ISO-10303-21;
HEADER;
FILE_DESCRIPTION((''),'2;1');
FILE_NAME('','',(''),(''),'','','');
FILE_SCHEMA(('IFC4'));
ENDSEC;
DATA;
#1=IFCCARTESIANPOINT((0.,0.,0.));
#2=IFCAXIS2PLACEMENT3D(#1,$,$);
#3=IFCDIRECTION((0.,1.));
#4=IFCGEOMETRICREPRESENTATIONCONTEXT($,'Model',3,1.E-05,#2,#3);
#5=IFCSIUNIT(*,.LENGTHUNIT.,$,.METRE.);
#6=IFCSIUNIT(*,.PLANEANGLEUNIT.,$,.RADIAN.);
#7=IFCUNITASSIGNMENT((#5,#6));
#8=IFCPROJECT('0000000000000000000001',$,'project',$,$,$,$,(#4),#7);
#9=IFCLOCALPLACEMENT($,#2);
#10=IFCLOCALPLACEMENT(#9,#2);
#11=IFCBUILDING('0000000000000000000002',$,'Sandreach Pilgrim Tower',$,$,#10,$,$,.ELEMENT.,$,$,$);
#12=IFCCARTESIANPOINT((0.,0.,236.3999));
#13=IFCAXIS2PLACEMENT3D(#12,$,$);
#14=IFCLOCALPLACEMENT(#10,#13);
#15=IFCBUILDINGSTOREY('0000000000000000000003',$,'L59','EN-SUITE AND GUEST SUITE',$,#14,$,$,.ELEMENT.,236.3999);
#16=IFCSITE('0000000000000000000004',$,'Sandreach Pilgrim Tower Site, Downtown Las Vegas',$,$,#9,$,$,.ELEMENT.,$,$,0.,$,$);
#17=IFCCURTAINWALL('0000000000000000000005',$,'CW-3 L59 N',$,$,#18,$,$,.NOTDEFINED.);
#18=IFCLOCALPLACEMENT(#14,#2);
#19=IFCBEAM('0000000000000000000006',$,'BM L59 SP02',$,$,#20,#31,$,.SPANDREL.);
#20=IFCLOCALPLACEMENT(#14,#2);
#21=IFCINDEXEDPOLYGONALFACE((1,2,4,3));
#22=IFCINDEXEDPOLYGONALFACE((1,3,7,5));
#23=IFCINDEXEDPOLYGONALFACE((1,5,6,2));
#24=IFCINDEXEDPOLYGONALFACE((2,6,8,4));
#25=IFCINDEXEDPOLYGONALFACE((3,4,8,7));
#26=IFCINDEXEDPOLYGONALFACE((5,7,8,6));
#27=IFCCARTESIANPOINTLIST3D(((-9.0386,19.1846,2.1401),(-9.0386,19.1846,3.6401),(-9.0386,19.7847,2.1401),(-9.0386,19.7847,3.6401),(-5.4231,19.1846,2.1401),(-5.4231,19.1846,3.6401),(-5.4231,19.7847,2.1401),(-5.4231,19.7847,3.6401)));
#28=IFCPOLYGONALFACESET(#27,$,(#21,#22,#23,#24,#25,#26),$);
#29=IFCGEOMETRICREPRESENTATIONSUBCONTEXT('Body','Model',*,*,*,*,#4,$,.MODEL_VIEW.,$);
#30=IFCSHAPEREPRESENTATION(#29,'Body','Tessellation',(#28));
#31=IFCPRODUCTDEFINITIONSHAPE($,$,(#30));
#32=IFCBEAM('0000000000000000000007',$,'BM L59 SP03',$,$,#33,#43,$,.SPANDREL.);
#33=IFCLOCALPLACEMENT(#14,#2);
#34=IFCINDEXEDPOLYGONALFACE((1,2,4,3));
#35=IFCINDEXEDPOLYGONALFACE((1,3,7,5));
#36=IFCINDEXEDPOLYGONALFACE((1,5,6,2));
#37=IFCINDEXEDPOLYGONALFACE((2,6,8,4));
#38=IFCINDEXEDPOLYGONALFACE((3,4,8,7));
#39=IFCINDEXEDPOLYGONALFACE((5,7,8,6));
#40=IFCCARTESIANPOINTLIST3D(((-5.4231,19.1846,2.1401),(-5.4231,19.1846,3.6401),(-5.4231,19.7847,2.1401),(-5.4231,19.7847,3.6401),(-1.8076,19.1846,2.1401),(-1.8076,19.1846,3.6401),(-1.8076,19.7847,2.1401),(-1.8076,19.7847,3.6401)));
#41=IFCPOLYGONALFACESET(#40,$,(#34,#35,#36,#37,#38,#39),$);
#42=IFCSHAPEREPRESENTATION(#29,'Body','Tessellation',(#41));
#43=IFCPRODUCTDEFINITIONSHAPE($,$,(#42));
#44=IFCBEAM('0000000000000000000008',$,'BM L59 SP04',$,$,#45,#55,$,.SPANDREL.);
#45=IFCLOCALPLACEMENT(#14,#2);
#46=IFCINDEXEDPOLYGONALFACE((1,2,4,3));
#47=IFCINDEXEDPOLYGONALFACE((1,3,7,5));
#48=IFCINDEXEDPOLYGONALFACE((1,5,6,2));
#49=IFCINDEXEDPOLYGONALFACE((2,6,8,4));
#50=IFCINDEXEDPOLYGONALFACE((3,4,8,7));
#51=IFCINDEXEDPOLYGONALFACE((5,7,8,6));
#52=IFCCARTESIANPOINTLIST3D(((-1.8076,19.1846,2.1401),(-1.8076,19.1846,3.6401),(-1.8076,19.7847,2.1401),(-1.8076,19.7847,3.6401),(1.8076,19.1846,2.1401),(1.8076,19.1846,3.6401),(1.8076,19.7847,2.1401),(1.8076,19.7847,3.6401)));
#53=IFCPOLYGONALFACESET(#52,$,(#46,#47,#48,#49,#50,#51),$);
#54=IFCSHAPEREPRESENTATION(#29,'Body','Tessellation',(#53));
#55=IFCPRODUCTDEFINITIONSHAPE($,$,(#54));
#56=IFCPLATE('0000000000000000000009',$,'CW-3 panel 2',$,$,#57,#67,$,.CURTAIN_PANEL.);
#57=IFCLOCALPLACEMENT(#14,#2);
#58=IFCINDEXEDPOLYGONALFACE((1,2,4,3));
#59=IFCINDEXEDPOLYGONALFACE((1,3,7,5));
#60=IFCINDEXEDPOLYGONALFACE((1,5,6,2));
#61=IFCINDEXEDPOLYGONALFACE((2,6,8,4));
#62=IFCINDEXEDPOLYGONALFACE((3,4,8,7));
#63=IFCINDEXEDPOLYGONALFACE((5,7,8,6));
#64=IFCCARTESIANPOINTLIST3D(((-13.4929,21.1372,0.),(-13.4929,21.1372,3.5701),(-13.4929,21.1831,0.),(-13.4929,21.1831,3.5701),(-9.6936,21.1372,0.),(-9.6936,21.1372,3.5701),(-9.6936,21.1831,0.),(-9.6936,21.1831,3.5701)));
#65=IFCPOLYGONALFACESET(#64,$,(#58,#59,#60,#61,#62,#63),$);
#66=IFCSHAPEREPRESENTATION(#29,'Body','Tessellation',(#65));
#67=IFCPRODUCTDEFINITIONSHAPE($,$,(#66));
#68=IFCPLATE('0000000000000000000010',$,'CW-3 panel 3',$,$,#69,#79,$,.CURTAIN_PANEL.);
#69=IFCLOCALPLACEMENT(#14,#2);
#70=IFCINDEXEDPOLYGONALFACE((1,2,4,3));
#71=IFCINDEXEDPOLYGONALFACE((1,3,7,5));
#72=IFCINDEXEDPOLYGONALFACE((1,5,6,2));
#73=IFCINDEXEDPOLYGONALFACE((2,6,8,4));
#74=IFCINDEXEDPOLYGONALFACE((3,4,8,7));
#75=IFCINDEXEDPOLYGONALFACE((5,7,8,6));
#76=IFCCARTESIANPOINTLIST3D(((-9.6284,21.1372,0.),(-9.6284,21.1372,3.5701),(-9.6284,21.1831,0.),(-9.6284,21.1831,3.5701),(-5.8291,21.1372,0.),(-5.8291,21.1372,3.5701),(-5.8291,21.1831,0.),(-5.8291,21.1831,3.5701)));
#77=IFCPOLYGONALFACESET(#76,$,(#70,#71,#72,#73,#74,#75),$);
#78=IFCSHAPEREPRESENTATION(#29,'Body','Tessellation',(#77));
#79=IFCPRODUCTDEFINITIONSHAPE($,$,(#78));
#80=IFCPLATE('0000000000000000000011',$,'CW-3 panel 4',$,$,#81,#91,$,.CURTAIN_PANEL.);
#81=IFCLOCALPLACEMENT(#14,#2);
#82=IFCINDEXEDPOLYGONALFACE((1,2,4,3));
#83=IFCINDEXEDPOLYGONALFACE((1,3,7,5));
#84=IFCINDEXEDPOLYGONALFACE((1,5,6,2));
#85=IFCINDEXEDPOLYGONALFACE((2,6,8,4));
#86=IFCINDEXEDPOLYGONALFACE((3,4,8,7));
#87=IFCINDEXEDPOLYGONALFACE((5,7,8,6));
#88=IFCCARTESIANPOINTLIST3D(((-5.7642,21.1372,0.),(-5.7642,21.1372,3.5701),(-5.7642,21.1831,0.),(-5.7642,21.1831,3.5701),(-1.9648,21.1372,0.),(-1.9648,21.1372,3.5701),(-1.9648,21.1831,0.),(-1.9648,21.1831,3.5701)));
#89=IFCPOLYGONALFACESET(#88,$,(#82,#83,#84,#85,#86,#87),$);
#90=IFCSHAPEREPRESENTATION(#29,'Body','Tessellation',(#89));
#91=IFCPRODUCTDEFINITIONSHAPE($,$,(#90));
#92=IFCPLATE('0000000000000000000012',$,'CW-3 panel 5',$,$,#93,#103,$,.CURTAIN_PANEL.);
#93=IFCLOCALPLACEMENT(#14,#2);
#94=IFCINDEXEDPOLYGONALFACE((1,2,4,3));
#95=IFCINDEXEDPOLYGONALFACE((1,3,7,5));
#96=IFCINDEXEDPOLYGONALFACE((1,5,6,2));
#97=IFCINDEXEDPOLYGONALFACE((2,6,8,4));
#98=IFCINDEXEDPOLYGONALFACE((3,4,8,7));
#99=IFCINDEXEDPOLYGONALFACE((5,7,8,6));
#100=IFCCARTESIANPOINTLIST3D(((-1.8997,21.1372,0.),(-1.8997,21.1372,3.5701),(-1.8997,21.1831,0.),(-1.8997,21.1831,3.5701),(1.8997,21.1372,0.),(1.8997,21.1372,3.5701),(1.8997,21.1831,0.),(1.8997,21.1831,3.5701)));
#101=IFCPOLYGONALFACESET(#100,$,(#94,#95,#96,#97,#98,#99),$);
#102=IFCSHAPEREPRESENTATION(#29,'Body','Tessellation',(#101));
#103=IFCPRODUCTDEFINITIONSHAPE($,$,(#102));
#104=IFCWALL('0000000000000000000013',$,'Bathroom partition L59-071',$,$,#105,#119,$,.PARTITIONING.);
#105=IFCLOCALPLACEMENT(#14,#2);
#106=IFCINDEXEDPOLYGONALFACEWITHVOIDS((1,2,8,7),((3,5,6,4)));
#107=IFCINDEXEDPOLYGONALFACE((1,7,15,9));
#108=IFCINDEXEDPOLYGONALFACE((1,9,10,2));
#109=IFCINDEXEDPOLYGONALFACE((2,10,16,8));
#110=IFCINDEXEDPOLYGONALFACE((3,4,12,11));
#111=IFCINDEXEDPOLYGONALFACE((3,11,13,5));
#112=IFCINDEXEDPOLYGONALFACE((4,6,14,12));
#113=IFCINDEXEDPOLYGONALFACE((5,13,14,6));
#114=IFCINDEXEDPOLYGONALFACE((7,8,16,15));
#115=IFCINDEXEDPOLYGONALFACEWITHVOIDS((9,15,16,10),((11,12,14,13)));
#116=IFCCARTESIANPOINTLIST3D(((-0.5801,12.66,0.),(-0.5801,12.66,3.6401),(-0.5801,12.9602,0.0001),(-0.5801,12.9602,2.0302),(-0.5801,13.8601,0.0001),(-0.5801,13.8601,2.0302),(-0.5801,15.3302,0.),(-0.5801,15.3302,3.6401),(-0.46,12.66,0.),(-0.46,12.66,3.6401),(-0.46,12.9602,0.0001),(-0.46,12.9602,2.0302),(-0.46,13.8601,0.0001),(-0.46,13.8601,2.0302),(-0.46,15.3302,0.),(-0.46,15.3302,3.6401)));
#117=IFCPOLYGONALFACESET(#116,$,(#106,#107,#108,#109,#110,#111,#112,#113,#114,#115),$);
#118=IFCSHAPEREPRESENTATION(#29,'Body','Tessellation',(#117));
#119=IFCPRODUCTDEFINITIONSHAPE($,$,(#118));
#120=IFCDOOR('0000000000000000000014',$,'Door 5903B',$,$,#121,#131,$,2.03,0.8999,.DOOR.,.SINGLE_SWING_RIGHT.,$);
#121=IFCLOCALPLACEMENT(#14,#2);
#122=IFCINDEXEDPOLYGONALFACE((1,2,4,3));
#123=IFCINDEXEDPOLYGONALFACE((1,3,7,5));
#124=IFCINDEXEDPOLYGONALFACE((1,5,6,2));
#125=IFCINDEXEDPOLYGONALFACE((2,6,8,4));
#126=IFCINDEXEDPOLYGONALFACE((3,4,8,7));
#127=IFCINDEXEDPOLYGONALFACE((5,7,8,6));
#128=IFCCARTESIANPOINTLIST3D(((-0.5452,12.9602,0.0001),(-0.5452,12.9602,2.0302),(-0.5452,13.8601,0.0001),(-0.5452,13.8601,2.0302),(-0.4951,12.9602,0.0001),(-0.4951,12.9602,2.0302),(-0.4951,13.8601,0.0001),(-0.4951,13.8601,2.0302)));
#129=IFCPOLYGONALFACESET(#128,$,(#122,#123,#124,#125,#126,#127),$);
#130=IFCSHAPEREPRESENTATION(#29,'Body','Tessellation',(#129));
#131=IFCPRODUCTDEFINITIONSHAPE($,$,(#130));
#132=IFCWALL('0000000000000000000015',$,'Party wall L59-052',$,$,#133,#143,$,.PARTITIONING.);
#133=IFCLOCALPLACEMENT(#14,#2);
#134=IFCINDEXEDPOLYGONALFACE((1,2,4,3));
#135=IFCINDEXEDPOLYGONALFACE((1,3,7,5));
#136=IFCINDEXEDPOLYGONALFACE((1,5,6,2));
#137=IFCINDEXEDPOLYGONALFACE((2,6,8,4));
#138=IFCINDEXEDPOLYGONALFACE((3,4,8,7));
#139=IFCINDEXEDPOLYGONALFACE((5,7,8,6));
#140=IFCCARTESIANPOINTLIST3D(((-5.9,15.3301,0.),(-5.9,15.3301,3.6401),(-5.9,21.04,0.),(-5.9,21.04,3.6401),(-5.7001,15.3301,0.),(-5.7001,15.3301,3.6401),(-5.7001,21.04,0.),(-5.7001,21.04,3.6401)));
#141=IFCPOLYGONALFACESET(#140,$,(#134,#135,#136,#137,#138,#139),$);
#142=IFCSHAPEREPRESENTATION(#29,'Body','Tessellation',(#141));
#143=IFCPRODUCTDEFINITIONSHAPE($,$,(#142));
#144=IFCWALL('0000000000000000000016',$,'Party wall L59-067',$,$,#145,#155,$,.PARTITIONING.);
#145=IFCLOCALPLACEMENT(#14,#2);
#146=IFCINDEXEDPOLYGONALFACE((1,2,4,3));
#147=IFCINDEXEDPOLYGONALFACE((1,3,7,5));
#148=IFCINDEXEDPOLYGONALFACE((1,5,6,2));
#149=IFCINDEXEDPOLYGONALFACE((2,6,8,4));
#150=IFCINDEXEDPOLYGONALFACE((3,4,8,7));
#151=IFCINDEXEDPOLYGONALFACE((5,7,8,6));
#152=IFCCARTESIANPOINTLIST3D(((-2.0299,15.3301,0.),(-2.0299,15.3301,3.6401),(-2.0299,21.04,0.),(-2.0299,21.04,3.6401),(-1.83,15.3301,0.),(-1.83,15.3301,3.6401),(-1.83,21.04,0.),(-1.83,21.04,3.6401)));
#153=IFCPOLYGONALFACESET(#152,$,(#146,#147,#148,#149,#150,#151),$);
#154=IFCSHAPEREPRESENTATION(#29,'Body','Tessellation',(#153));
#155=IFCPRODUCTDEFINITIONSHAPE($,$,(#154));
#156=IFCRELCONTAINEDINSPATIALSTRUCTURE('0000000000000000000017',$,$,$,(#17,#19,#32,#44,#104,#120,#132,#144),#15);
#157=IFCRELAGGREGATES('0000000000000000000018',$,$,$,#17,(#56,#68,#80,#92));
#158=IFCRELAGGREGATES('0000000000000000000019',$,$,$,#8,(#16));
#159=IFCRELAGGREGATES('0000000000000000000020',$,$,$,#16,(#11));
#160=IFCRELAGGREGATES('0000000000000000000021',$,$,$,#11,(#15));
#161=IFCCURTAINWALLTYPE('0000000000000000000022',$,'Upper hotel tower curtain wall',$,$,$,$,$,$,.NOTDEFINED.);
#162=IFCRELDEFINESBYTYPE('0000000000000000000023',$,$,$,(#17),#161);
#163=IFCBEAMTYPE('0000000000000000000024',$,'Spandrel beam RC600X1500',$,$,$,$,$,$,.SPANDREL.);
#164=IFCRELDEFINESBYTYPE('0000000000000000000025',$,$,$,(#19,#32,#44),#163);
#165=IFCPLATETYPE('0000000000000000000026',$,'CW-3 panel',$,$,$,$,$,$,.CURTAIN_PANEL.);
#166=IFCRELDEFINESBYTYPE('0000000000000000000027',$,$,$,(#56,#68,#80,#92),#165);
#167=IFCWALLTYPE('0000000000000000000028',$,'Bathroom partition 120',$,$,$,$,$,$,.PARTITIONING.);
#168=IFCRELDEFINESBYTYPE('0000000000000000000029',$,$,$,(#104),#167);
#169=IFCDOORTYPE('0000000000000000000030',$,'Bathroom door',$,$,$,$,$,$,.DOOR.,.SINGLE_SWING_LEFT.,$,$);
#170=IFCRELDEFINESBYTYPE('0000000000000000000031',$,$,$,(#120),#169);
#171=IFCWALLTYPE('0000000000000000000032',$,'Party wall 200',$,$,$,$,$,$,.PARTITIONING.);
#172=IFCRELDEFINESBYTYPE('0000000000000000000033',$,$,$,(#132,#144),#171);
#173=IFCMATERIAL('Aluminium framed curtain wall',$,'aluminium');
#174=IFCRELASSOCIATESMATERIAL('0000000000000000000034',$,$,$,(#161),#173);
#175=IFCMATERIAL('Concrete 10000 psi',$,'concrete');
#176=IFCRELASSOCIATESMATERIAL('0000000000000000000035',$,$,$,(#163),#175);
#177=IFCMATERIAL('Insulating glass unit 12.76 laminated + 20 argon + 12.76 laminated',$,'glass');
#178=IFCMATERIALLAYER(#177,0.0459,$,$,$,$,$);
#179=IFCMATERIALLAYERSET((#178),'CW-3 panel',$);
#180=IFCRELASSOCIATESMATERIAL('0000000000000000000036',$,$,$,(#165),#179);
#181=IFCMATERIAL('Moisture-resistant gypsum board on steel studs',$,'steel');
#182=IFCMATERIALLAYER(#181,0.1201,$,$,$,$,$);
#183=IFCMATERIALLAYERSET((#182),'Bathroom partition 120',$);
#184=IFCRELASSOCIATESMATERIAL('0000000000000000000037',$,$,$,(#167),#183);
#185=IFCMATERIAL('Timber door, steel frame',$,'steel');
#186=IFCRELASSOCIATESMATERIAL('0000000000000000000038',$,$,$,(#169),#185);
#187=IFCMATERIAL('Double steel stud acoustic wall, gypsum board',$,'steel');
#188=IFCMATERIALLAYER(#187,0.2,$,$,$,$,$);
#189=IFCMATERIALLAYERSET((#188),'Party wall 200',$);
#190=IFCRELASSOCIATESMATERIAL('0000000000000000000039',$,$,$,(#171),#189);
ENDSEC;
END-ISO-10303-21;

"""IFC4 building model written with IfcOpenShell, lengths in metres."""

from ifc_helpers import new_model, si_unit, direction, frame, frame_2d, origin, origin_2d, place, context, subcontext, project, spatial, rectangle, extrude, material, layer, layer_set, material_profile, profile_set, type_object, element, fill, aggregate, save


model = new_model("IFC4")

# Units and contexts
model_context = context("Model", 3, precision=1e-05, world=origin(), true_north=direction((0.0, 1.0)))
body_context = subcontext(model_context, "Body", "Model", "MODEL_VIEW")
ifc_project = project(units=[si_unit("LENGTHUNIT", "METRE"), si_unit("PLANEANGLEUNIT", "RADIAN")], contexts=[model_context])

# Site, building, storey
site_placement = place(None, origin())
site = spatial("IfcSite", under=ifc_project, at=site_placement, Name="Sandreach Pilgrim Tower Site, Downtown Las Vegas", CompositionType="ELEMENT", RefElevation=0.0)
building_placement = place(site_placement, origin())
building = spatial("IfcBuilding", under=site, at=building_placement, Name="Sandreach Pilgrim Tower", CompositionType="ELEMENT")
storey_placement = place(building_placement, frame((0.0, 0.0, 236.3999)))
storey = spatial("IfcBuildingStorey", under=building, at=storey_placement, Name="L59", Description="EN-SUITE AND GUEST SUITE", CompositionType="ELEMENT", Elevation=236.3999)

# Curtain wall
ifc_material_1 = material(Name="Aluminium framed curtain wall", Category="aluminium")
curtain_wall_type = type_object("IfcCurtainWallType", Name="Upper hotel tower curtain wall", PredefinedType="NOTDEFINED", material=ifc_material_1)
curtain_wall_placement = place(storey_placement, origin())
curtain_wall = element("IfcCurtainWall", 1, at=curtain_wall_placement, inside=storey, type_object=curtain_wall_type, Name="CW-3 L59 N", PredefinedType="NOTDEFINED")

# Beams
ifc_material_2 = material(Name="Concrete 10000 psi", Category="concrete")
ifc_material_profile_1 = material_profile(ifc_material_2, rectangle(XDim=0.6001, YDim=1.5, at=origin_2d()), Name="RC600X1500")
ifc_profile_set_1 = profile_set([ifc_material_profile_1], Name="Concrete 10000 psi")
beam_type_1 = type_object("IfcBeamType", Name="Spandrel beam RC600X1500", PredefinedType="SPANDREL", material=ifc_profile_set_1)
for number, where, z_axis, x_axis, name in (
    (2, (-9.0386, 19.4846, 2.8901), (1.0, 0.0, 0.0), (0.0, 1.0, 0.0), "BM L59 SP02"),
    (3, (-5.4231, 19.4846, 2.8901), (1.0, 0.0, 0.0), (0.0, 1.0, 0.0), "BM L59 SP03"),
):
    element("IfcBeam", number, at=place(storey_placement, frame(where, z_axis=z_axis, x_axis=x_axis)), inside=storey, type_object=beam_type_1, Name=name, PredefinedType="SPANDREL", context=body_context, shape_type="SweptSolid", body=[
        extrude(rectangle(XDim=0.6001, YDim=1.5, at=origin_2d()), origin(), (0.0, 0.0, 1.0), 3.6155),
    ])
beam_1_placement = place(storey_placement, frame((-1.8076, 19.4846, 2.8901), z_axis=(1.0, 0.0, 0.0), x_axis=(0.0, 1.0, 0.0)))
element("IfcBeam", 4, at=beam_1_placement, inside=storey, type_object=beam_type_1, Name="BM L59 SP04", PredefinedType="SPANDREL", context=body_context, shape_type="SweptSolid", body=[
    extrude(rectangle(XDim=0.6001, YDim=1.5, at=origin_2d()), origin(), (0.0, 0.0, 1.0), 3.6152),
])

# Plates
ifc_material_3 = material(Name="Insulating glass unit 12.76 laminated + 20 argon + 12.76 laminated", Category="glass")
ifc_layer_1 = layer(ifc_material_3, 0.0459)
ifc_layer_set_1 = layer_set([ifc_layer_1], Name="CW-3 panel")
plate_type = type_object("IfcPlateType", Name="CW-3 panel", PredefinedType="CURTAIN_PANEL", material=ifc_layer_set_1)
plate_1_placement = place(storey_placement, frame((-11.5933, 21.1602, 0.0), z_axis=(0.0, 0.0, 1.0), x_axis=(1.0, 0.0, 0.0)))
plate_1 = element("IfcPlate", 5, at=plate_1_placement, type_object=plate_type, Name="CW-3 panel 2", PredefinedType="CURTAIN_PANEL", context=body_context, shape_type="SweptSolid", body=[
    extrude(rectangle(XDim=3.7993, YDim=0.0459, at=origin_2d()), origin(), (0.0, 0.0, 1.0), 3.5701),
])
plate_2_placement = place(storey_placement, frame((-7.7288, 21.1602, 0.0), z_axis=(0.0, 0.0, 1.0), x_axis=(1.0, 0.0, 0.0)))
plate_2 = element("IfcPlate", 6, at=plate_2_placement, type_object=plate_type, Name="CW-3 panel 3", PredefinedType="CURTAIN_PANEL", context=body_context, shape_type="SweptSolid", body=[
    extrude(rectangle(XDim=3.7993, YDim=0.0459, at=origin_2d()), origin(), (0.0, 0.0, 1.0), 3.5701),
])
plate_3_placement = place(storey_placement, frame((-3.8645, 21.1602, 0.0), z_axis=(0.0, 0.0, 1.0), x_axis=(1.0, 0.0, 0.0)))
plate_3 = element("IfcPlate", 7, at=plate_3_placement, type_object=plate_type, Name="CW-3 panel 4", PredefinedType="CURTAIN_PANEL", context=body_context, shape_type="SweptSolid", body=[
    extrude(rectangle(XDim=3.7993, YDim=0.0459, at=origin_2d()), origin(), (0.0, 0.0, 1.0), 3.5701),
])
plate_4_placement = place(storey_placement, frame((0.0, 21.1602, 0.0), z_axis=(0.0, 0.0, 1.0), x_axis=(1.0, 0.0, 0.0)))
plate_4 = element("IfcPlate", 8, at=plate_4_placement, type_object=plate_type, Name="CW-3 panel 5", PredefinedType="CURTAIN_PANEL", context=body_context, shape_type="SweptSolid", body=[
    extrude(rectangle(XDim=3.7993, YDim=0.0459, at=origin_2d()), origin(), (0.0, 0.0, 1.0), 3.5701),
])
aggregate(curtain_wall, [plate_1, plate_2, plate_3, plate_4])

# Wall, opening, door
ifc_material_4 = material(Name="Moisture-resistant gypsum board on steel studs", Category="steel")
ifc_layer_2 = layer(ifc_material_4, 0.1201)
ifc_layer_set_2 = layer_set([ifc_layer_2], Name="Bathroom partition 120")
wall_type_1 = type_object("IfcWallType", Name="Bathroom partition 120", PredefinedType="PARTITIONING", material=ifc_layer_set_2)
wall_placement = place(storey_placement, frame((-0.52, 15.3301, 0.0), z_axis=(0.0, 0.0, 1.0), x_axis=(0.0, -1.0, 0.0)))
wall = element("IfcWall", 9, at=wall_placement, inside=storey, type_object=wall_type_1, Name="Bathroom partition L59-071", PredefinedType="PARTITIONING", context=body_context, shape_type="SweptSolid", body=[
    extrude(rectangle(XDim=2.6702, YDim=0.1201, at=frame_2d((1.335, 0.0))), origin(), (0.0, 0.0, 1.0), 3.6401),
])
opening_placement = place(wall_placement, frame((1.47, 0.0, 0.0)))
opening = element("IfcOpeningElement", 10, at=opening_placement, cuts=wall, PredefinedType="OPENING", context=body_context, shape_type="SweptSolid", body=[
    extrude(rectangle(XDim=0.8999, YDim=2.03, at=frame_2d((0.45, 1.0151))), frame((0.0, 0.0601, 0.0), z_axis=(0.0, -1.0, 0.0), x_axis=(1.0, 0.0, 0.0)), (0.0, 0.0, 1.0), 0.1201),
])
ifc_material_5 = material(Name="Timber door, steel frame", Category="steel")
door_type = type_object("IfcDoorType", Name="Bathroom door", OperationType="SINGLE_SWING_LEFT", PredefinedType="DOOR", material=ifc_material_5)
door_placement = place(opening_placement, origin())
door = element("IfcDoor", 11, at=door_placement, inside=storey, type_object=door_type, Name="Door 5903B", OperationType="SINGLE_SWING_RIGHT", OverallHeight=2.03, OverallWidth=0.8999, PredefinedType="DOOR", context=body_context, shape_type="SweptSolid", body=[
    extrude(rectangle(XDim=0.8999, YDim=2.03, at=frame_2d((0.45, 1.0151))), frame((0.0, 0.0249, 0.0), z_axis=(0.0, -1.0, 0.0), x_axis=(1.0, 0.0, 0.0)), (0.0, 0.0, 1.0), 0.05),
])
fill(opening, door)

# Walls
ifc_material_6 = material(Name="Double steel stud acoustic wall, gypsum board", Category="steel")
ifc_layer_3 = layer(ifc_material_6, 0.2)
ifc_layer_set_3 = layer_set([ifc_layer_3], Name="Party wall 200")
wall_type_2 = type_object("IfcWallType", Name="Party wall 200", PredefinedType="PARTITIONING", material=ifc_layer_set_3)
for number, where, z_axis, x_axis, name in (
    (12, (-5.8, 21.04, 0.0), (0.0, 0.0, 1.0), (0.0, -1.0, 0.0), "Party wall L59-052"),
    (13, (-1.9299, 21.04, 0.0), (0.0, 0.0, 1.0), (0.0, -1.0, 0.0), "Party wall L59-067"),
):
    element("IfcWall", number, at=place(storey_placement, frame(where, z_axis=z_axis, x_axis=x_axis)), inside=storey, type_object=wall_type_2, Name=name, PredefinedType="PARTITIONING", context=body_context, shape_type="SweptSolid", body=[
        extrude(rectangle(XDim=5.71, YDim=0.2, at=frame_2d((2.855, 0.0))), origin(), (0.0, 0.0, 1.0), 3.6401),
    ])

save(model, "model.ifc")
